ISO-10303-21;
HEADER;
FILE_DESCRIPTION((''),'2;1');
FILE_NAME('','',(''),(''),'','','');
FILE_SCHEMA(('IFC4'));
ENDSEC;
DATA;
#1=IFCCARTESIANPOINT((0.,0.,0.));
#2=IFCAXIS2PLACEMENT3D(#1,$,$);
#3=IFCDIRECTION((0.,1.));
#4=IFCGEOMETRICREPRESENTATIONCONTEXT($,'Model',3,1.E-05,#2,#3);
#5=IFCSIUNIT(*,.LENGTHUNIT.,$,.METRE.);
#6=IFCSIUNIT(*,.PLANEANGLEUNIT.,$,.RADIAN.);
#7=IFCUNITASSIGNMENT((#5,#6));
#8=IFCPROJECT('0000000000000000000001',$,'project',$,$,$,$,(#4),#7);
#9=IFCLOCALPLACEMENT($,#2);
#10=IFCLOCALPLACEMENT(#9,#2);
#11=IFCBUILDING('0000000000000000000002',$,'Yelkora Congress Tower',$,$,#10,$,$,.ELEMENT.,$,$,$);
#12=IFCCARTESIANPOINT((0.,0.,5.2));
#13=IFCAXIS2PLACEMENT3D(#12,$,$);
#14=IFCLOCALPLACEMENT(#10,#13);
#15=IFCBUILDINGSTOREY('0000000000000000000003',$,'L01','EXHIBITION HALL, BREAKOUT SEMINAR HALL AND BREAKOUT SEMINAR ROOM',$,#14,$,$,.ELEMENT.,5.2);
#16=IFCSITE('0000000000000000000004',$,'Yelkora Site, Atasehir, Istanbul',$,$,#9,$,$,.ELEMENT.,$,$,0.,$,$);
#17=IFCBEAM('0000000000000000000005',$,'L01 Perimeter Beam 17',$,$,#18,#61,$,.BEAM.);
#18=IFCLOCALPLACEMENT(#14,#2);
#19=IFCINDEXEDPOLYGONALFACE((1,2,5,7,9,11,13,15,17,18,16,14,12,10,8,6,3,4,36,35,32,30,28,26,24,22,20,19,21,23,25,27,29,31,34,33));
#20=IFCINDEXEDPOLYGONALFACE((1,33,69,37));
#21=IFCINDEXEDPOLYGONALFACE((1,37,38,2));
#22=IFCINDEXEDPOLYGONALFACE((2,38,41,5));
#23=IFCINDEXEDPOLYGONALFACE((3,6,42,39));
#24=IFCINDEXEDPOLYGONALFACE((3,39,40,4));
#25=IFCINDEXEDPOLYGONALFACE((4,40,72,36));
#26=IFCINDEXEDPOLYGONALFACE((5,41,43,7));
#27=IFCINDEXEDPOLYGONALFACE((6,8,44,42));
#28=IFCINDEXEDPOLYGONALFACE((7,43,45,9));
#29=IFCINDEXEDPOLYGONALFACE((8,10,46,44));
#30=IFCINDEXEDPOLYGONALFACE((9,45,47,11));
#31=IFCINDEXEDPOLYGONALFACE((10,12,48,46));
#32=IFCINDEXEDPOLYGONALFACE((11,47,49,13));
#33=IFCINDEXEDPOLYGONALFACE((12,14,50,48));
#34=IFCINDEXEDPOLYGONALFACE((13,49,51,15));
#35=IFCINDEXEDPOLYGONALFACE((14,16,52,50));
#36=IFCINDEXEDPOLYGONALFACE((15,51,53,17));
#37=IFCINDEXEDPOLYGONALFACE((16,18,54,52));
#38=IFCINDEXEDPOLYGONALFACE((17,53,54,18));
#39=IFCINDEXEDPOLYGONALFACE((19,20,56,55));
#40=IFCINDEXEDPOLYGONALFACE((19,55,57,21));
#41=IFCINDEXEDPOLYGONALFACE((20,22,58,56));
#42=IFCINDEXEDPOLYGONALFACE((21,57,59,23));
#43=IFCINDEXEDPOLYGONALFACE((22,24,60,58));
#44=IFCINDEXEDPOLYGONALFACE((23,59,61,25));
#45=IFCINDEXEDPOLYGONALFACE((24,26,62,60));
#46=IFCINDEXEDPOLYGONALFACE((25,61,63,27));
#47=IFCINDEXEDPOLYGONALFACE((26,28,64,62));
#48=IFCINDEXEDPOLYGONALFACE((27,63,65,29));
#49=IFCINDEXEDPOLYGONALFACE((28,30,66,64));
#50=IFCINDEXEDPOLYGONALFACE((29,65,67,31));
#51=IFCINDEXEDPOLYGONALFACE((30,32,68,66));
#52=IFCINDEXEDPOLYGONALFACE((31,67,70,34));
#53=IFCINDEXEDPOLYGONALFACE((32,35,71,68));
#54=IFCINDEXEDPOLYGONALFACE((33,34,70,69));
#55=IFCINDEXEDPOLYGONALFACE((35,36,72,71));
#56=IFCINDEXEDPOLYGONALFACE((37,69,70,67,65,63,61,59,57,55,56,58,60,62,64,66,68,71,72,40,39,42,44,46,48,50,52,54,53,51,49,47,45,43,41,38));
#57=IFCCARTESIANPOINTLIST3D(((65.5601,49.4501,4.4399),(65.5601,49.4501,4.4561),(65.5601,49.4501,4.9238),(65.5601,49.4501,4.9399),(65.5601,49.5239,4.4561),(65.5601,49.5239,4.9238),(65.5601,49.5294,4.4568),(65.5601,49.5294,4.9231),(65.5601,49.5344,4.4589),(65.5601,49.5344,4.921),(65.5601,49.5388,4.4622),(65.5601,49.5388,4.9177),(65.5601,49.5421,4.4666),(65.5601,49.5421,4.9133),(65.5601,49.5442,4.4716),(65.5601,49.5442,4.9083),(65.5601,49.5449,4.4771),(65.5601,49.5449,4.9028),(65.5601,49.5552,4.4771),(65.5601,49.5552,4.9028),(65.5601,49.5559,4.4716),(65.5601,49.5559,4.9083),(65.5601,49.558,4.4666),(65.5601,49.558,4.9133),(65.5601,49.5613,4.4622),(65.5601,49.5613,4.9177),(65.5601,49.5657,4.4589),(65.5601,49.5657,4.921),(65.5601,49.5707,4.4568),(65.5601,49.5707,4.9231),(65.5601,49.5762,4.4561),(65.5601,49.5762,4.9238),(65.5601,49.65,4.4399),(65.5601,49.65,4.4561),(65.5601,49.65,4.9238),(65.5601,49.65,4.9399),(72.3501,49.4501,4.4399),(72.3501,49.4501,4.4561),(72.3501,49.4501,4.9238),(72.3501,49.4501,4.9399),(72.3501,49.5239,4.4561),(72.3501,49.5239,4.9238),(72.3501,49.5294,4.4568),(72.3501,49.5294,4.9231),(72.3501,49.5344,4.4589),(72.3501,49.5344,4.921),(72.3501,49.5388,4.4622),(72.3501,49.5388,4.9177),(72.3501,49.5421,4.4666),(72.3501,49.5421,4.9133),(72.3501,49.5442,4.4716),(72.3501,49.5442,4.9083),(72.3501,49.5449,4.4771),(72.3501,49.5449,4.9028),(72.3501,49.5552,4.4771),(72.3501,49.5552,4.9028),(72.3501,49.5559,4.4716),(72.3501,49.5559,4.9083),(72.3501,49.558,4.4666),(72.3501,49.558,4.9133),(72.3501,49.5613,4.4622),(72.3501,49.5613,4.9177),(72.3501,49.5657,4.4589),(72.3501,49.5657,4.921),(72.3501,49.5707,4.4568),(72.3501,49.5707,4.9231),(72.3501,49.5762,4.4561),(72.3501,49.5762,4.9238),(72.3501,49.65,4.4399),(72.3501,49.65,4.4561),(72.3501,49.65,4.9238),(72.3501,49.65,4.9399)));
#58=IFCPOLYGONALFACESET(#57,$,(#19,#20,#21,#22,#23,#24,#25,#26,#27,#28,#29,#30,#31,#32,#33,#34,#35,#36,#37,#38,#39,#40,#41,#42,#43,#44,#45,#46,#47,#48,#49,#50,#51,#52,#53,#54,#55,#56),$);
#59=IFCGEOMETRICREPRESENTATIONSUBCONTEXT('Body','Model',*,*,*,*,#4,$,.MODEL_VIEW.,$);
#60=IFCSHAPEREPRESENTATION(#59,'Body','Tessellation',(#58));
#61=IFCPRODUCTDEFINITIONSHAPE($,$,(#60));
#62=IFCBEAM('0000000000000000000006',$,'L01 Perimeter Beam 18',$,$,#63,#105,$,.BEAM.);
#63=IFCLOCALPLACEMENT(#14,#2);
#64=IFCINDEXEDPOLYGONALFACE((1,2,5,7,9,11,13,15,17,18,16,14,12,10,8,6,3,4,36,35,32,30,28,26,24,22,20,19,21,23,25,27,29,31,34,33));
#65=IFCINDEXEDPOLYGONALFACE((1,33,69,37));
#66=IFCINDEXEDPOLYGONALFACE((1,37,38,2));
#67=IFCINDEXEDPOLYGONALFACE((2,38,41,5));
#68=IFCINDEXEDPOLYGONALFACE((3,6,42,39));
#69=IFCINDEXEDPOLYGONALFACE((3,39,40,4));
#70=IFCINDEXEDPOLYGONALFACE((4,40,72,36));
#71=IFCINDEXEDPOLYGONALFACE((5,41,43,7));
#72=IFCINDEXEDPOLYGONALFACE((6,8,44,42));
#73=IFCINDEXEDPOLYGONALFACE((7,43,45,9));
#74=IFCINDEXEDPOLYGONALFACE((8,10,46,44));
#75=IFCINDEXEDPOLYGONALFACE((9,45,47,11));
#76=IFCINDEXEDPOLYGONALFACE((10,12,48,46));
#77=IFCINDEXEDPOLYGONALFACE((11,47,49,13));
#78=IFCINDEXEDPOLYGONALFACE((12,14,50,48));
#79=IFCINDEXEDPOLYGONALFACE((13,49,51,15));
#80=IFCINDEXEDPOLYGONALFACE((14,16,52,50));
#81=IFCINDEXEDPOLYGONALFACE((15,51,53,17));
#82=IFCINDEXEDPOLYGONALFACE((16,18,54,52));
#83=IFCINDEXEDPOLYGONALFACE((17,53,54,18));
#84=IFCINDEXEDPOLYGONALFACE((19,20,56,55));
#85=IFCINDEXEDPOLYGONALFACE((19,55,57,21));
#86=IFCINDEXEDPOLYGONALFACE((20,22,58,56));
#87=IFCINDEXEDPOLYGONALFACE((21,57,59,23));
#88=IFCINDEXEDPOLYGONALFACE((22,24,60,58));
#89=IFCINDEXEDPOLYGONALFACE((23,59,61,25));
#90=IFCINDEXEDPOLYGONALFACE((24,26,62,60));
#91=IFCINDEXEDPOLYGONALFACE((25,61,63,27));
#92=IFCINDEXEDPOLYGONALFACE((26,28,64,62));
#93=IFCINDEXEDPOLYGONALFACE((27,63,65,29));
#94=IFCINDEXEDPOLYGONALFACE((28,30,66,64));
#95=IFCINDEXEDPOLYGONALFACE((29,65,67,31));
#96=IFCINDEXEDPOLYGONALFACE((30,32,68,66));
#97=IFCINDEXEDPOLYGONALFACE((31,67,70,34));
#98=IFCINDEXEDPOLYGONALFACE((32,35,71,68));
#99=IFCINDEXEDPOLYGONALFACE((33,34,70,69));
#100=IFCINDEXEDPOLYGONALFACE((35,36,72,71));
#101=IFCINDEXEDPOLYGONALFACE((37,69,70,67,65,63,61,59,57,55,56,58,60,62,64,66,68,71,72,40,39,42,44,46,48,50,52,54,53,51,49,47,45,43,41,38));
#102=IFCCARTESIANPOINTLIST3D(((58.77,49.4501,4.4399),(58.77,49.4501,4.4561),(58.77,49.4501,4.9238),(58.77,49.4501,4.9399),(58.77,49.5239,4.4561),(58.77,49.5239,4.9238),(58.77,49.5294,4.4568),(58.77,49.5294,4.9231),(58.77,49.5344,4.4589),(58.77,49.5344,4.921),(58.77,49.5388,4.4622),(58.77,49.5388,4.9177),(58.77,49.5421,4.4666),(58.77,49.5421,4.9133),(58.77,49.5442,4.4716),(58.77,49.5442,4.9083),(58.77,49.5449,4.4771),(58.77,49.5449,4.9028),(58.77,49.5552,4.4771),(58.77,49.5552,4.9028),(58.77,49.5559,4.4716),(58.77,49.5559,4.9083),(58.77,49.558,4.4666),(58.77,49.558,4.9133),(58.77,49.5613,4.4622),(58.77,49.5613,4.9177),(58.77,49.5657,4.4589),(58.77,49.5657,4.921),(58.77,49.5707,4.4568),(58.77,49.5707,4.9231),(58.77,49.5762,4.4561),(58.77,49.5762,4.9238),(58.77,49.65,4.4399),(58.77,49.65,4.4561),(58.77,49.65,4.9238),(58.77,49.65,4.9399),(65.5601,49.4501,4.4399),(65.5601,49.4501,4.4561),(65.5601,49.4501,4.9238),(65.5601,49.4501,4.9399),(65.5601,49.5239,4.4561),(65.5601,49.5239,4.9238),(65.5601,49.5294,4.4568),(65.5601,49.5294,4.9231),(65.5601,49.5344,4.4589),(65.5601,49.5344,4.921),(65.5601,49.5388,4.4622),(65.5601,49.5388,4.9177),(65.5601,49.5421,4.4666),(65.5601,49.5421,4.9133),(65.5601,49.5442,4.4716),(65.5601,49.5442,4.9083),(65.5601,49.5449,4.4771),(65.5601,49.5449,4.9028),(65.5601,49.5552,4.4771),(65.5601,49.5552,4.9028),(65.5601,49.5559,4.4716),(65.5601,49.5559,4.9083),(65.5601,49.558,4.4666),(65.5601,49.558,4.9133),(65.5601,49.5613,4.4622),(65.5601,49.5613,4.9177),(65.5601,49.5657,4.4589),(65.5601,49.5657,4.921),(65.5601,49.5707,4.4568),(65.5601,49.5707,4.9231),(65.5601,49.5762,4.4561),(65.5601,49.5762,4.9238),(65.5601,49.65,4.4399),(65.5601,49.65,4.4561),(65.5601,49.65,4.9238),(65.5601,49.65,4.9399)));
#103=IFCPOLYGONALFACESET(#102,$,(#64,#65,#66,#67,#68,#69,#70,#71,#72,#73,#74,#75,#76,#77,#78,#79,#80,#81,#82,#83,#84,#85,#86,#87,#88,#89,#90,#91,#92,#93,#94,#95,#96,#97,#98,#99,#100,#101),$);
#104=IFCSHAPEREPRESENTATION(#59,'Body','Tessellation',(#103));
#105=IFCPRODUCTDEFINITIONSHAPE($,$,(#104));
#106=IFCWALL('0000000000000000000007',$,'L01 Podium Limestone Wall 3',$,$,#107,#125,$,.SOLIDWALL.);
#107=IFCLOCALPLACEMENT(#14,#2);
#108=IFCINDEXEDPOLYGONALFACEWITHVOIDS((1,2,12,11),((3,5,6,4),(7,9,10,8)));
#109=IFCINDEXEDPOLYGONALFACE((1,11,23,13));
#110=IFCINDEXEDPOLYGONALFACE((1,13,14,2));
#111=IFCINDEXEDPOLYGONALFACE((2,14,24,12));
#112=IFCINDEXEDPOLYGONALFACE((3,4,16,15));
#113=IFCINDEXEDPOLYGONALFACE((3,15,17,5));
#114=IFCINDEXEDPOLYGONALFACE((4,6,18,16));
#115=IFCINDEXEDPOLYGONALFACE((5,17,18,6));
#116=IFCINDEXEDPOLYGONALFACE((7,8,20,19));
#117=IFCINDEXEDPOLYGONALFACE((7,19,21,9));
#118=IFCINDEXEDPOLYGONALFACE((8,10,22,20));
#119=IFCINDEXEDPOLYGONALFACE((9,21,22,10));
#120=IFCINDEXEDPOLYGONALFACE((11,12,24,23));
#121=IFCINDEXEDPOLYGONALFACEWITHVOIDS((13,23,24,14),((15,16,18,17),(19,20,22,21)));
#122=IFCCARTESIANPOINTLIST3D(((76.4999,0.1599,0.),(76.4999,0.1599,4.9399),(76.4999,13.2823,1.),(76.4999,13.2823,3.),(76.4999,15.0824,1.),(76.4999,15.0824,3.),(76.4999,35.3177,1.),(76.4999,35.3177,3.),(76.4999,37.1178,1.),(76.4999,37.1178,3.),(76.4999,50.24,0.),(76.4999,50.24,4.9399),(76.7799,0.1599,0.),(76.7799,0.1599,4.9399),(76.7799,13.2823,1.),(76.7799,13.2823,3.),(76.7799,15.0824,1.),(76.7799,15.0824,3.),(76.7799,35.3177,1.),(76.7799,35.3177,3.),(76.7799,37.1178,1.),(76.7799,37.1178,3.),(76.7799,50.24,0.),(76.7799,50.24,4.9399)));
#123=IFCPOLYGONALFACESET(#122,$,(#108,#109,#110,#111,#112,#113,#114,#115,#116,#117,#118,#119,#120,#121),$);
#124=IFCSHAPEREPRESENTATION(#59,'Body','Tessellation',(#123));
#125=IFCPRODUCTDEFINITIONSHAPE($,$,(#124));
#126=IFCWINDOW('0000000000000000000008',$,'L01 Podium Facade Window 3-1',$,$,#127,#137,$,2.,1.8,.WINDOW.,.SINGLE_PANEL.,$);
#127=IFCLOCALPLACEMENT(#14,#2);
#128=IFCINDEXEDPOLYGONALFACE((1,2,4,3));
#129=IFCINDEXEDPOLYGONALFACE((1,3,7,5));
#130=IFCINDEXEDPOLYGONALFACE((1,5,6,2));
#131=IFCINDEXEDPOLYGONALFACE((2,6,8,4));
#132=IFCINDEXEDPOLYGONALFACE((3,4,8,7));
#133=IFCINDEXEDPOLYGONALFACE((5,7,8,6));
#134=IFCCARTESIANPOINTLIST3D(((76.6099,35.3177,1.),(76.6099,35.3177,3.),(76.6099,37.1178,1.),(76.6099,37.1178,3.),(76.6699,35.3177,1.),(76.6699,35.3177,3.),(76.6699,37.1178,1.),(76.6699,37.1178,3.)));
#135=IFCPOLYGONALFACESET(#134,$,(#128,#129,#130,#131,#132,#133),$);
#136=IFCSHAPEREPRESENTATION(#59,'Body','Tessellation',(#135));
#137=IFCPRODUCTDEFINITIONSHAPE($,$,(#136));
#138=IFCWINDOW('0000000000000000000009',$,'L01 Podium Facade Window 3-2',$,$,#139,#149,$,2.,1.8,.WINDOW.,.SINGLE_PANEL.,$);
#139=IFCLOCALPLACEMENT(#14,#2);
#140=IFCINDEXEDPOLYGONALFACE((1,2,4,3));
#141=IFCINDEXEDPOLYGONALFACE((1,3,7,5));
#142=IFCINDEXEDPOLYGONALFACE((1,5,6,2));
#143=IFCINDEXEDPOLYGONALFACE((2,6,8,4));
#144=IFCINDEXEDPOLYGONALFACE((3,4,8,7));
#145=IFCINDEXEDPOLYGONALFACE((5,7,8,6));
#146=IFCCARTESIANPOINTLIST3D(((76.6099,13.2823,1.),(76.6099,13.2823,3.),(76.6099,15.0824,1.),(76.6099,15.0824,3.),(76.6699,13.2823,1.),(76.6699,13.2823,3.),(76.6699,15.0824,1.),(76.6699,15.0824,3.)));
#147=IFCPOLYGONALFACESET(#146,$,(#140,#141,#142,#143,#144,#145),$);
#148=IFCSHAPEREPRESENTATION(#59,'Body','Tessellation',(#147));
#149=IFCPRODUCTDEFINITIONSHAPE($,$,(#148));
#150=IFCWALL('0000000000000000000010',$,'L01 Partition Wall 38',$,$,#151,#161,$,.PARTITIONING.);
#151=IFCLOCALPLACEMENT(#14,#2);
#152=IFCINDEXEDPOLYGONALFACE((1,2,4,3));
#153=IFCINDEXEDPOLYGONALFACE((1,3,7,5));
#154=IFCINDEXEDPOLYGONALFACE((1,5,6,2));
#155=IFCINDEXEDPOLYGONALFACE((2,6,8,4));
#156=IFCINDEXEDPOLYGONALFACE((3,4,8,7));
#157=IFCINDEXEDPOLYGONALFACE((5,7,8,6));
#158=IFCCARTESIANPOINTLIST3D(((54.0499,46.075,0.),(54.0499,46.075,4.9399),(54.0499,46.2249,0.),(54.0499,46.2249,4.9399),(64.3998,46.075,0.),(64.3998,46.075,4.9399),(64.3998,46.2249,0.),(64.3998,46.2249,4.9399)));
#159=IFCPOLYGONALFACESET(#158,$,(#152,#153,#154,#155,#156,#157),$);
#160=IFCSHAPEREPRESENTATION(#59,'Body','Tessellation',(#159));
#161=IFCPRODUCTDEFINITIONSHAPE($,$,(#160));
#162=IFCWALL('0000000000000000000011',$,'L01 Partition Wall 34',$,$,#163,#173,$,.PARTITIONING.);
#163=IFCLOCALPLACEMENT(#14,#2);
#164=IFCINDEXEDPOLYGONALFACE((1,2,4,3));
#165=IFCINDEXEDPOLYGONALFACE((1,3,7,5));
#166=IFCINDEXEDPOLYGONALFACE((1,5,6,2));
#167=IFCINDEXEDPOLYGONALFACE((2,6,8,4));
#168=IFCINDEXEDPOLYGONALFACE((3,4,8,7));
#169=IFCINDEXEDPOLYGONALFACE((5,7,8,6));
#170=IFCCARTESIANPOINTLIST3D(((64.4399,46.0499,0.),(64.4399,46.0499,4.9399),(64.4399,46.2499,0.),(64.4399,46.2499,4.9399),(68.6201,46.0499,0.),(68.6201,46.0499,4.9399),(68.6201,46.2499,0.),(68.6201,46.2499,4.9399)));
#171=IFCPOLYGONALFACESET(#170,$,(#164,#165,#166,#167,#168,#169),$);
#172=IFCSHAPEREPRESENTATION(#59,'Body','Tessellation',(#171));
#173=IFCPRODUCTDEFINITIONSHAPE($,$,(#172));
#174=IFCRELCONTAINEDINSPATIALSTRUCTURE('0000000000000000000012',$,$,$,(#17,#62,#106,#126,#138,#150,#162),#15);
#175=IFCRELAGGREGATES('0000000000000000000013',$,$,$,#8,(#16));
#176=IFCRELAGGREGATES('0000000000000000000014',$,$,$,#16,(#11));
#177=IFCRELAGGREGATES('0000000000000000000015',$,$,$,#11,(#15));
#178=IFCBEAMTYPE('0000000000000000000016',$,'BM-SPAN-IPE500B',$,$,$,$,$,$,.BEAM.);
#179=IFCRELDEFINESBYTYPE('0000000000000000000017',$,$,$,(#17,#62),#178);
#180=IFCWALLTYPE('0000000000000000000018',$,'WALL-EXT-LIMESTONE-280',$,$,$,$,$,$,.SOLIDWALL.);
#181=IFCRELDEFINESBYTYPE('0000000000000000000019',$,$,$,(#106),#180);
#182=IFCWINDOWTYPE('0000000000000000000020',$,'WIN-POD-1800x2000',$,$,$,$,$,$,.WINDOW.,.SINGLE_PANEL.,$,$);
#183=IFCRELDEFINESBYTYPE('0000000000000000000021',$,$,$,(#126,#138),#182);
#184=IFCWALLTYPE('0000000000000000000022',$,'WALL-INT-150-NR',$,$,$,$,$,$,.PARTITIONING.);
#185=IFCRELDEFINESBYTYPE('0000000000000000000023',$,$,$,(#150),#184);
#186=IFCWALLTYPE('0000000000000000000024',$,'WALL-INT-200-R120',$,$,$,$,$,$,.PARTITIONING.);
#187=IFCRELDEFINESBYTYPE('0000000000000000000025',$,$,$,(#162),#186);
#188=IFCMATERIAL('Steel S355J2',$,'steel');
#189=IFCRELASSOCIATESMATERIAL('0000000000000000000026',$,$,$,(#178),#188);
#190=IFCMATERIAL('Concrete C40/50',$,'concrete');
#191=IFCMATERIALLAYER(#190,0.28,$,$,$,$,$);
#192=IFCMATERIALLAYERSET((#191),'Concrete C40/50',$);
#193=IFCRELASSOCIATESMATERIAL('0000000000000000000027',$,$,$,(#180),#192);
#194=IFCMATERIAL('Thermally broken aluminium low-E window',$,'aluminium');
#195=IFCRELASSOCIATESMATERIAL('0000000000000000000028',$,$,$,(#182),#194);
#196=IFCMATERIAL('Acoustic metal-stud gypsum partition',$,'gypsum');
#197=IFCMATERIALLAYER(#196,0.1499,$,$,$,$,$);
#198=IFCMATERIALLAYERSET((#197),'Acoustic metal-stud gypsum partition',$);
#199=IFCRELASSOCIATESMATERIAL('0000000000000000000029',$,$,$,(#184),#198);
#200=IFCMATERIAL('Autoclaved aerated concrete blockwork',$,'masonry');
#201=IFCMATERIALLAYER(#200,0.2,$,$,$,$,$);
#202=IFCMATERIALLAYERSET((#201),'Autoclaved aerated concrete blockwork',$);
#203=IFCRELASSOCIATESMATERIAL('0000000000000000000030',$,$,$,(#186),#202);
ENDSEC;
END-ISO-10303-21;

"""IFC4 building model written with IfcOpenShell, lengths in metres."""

from ifc_helpers import new_model, si_unit, direction, frame, frame_2d, origin, origin_2d, place, context, subcontext, project, spatial, rectangle, i_section, extrude, material, layer, layer_set, material_profile, profile_set, type_object, element, fill, save


model = new_model("IFC4")

# Units and contexts
model_context = context("Model", 3, precision=1e-05, world=origin(), true_north=direction((0.0, 1.0)))
body_context = subcontext(model_context, "Body", "Model", "MODEL_VIEW")
ifc_project = project(units=[si_unit("LENGTHUNIT", "METRE"), si_unit("PLANEANGLEUNIT", "RADIAN")], contexts=[model_context])

# Site, building, storey
site_placement = place(None, origin())
site = spatial("IfcSite", under=ifc_project, at=site_placement, Name="Yelkora Site, Atasehir, Istanbul", CompositionType="ELEMENT", RefElevation=0.0)
building_placement = place(site_placement, origin())
building = spatial("IfcBuilding", under=site, at=building_placement, Name="Yelkora Congress Tower", CompositionType="ELEMENT")
storey_placement = place(building_placement, frame((0.0, 0.0, 5.2)))
storey = spatial("IfcBuildingStorey", under=building, at=storey_placement, Name="L01", Description="EXHIBITION HALL, BREAKOUT SEMINAR HALL AND BREAKOUT SEMINAR ROOM", CompositionType="ELEMENT", Elevation=5.2)

# Beams
ifc_material_1 = material(Name="Steel S355J2", Category="steel")
ifc_material_profile_1 = material_profile(ifc_material_1, i_section(OverallWidth=0.2, OverallDepth=0.5, WebThickness=0.0103, FlangeThickness=0.0161, FilletRadius=0.021, at=origin_2d()), Name="IPE 500")
ifc_profile_set_1 = profile_set([ifc_material_profile_1], Name="Steel S355J2")
beam_type_1 = type_object("IfcBeamType", Name="BM-SPAN-IPE500B", PredefinedType="BEAM", material=ifc_profile_set_1)
for number, where, z_axis, x_axis, name in (
    (1, (72.3501, 49.55, 4.6899), (-1.0, 0.0, 0.0), (0.0, -1.0, 0.0), "L01 Perimeter Beam 17"),
    (2, (65.5601, 49.55, 4.6899), (-1.0, 0.0, 0.0), (0.0, -1.0, 0.0), "L01 Perimeter Beam 18"),
):
    element("IfcBeam", number, at=place(storey_placement, frame(where, z_axis=z_axis, x_axis=x_axis)), inside=storey, type_object=beam_type_1, Name=name, PredefinedType="BEAM", context=body_context, shape_type="SweptSolid", body=[
        extrude(i_section(OverallWidth=0.2, OverallDepth=0.5, WebThickness=0.0103, FlangeThickness=0.0161, FilletRadius=0.021, at=origin_2d()), origin(), (0.0, 0.0, 1.0), 6.79),
    ])

# Wall, openings, windows
ifc_material_2 = material(Name="Concrete C40/50", Category="concrete")
ifc_layer_1 = layer(ifc_material_2, 0.28)
ifc_layer_set_1 = layer_set([ifc_layer_1], Name="Concrete C40/50")
wall_type_1 = type_object("IfcWallType", Name="WALL-EXT-LIMESTONE-280", PredefinedType="SOLIDWALL", material=ifc_layer_set_1)
wall_1_placement = place(storey_placement, frame((76.6399, 50.24, 0.0), z_axis=(0.0, 0.0, 1.0), x_axis=(0.0, -1.0, 0.0)))
wall_1 = element("IfcWall", 3, at=wall_1_placement, inside=storey, type_object=wall_type_1, Name="L01 Podium Limestone Wall 3", PredefinedType="SOLIDWALL", context=body_context, shape_type="SweptSolid", body=[
    extrude(rectangle(XDim=50.0801, YDim=0.28, at=frame_2d((25.04, 0.0))), origin(), (0.0, 0.0, 1.0), 4.9399),
])
opening_1_placement = place(wall_1_placement, frame((13.1223, 0.0, 1.0)))
opening_1 = element("IfcOpeningElement", 4, at=opening_1_placement, cuts=wall_1, PredefinedType="OPENING", context=body_context, shape_type="SweptSolid", body=[
    extrude(rectangle(XDim=1.8, YDim=2.0, at=frame_2d((0.8999, 1.0))), frame((0.0, 0.1499, 0.0), z_axis=(0.0, -1.0, 0.0), x_axis=(1.0, 0.0, 0.0)), (0.0, 0.0, 1.0), 0.3),
])
opening_2_placement = place(wall_1_placement, frame((35.1577, 0.0, 1.0)))
opening_2 = element("IfcOpeningElement", 5, at=opening_2_placement, cuts=wall_1, PredefinedType="OPENING", context=body_context, shape_type="SweptSolid", body=[
    extrude(rectangle(XDim=1.8, YDim=2.0, at=frame_2d((0.8999, 1.0))), frame((0.0, 0.1499, 0.0), z_axis=(0.0, -1.0, 0.0), x_axis=(1.0, 0.0, 0.0)), (0.0, 0.0, 1.0), 0.3),
])
ifc_material_3 = material(Name="Thermally broken aluminium low-E window", Category="aluminium")
window_type = type_object("IfcWindowType", Name="WIN-POD-1800x2000", PartitioningType="SINGLE_PANEL", PredefinedType="WINDOW", material=ifc_material_3)
window_1_placement = place(opening_1_placement, origin())
window_1 = element("IfcWindow", 6, at=window_1_placement, inside=storey, type_object=window_type, Name="L01 Podium Facade Window 3-1", OverallHeight=2.0, OverallWidth=1.8, PartitioningType="SINGLE_PANEL", PredefinedType="WINDOW", context=body_context, shape_type="SweptSolid", body=[
    extrude(rectangle(XDim=1.8, YDim=2.0, at=frame_2d((0.8999, 1.0))), frame((0.0, 0.03, 0.0), z_axis=(0.0, -1.0, 0.0), x_axis=(1.0, 0.0, 0.0)), (0.0, 0.0, 1.0), 0.0601),
])
fill(opening_1, window_1)
window_2_placement = place(opening_2_placement, origin())
window_2 = element("IfcWindow", 7, at=window_2_placement, inside=storey, type_object=window_type, Name="L01 Podium Facade Window 3-2", OverallHeight=2.0, OverallWidth=1.8, PartitioningType="SINGLE_PANEL", PredefinedType="WINDOW", context=body_context, shape_type="SweptSolid", body=[
    extrude(rectangle(XDim=1.8, YDim=2.0, at=frame_2d((0.8999, 1.0))), frame((0.0, 0.03, 0.0), z_axis=(0.0, -1.0, 0.0), x_axis=(1.0, 0.0, 0.0)), (0.0, 0.0, 1.0), 0.0601),
])
fill(opening_2, window_2)

# Walls
ifc_material_4 = material(Name="Acoustic metal-stud gypsum partition", Category="gypsum")
ifc_layer_2 = layer(ifc_material_4, 0.1499)
ifc_layer_set_2 = layer_set([ifc_layer_2], Name="Acoustic metal-stud gypsum partition")
wall_type_2 = type_object("IfcWallType", Name="WALL-INT-150-NR", PredefinedType="PARTITIONING", material=ifc_layer_set_2)
wall_2_placement = place(storey_placement, frame((54.05, 46.1499, 0.0), z_axis=(0.0, 0.0, 1.0), x_axis=(1.0, 0.0, 0.0)))
element("IfcWall", 8, at=wall_2_placement, inside=storey, type_object=wall_type_2, Name="L01 Partition Wall 38", PredefinedType="PARTITIONING", context=body_context, shape_type="SweptSolid", body=[
    extrude(rectangle(XDim=10.3499, YDim=0.1499, at=frame_2d((5.1748, 0.0))), origin(), (0.0, 0.0, 1.0), 4.9399),
])
ifc_material_5 = material(Name="Autoclaved aerated concrete blockwork", Category="masonry")
ifc_layer_3 = layer(ifc_material_5, 0.2)
ifc_layer_set_3 = layer_set([ifc_layer_3], Name="Autoclaved aerated concrete blockwork")
wall_type_3 = type_object("IfcWallType", Name="WALL-INT-200-R120", PredefinedType="PARTITIONING", material=ifc_layer_set_3)
wall_3_placement = place(storey_placement, frame((64.4399, 46.1499, 0.0), z_axis=(0.0, 0.0, 1.0), x_axis=(1.0, 0.0, 0.0)))
element("IfcWall", 9, at=wall_3_placement, inside=storey, type_object=wall_type_3, Name="L01 Partition Wall 34", PredefinedType="PARTITIONING", context=body_context, shape_type="SweptSolid", body=[
    extrude(rectangle(XDim=4.1802, YDim=0.2, at=frame_2d((2.0901, 0.0))), origin(), (0.0, 0.0, 1.0), 4.9399),
])

save(model, "model.ifc")
